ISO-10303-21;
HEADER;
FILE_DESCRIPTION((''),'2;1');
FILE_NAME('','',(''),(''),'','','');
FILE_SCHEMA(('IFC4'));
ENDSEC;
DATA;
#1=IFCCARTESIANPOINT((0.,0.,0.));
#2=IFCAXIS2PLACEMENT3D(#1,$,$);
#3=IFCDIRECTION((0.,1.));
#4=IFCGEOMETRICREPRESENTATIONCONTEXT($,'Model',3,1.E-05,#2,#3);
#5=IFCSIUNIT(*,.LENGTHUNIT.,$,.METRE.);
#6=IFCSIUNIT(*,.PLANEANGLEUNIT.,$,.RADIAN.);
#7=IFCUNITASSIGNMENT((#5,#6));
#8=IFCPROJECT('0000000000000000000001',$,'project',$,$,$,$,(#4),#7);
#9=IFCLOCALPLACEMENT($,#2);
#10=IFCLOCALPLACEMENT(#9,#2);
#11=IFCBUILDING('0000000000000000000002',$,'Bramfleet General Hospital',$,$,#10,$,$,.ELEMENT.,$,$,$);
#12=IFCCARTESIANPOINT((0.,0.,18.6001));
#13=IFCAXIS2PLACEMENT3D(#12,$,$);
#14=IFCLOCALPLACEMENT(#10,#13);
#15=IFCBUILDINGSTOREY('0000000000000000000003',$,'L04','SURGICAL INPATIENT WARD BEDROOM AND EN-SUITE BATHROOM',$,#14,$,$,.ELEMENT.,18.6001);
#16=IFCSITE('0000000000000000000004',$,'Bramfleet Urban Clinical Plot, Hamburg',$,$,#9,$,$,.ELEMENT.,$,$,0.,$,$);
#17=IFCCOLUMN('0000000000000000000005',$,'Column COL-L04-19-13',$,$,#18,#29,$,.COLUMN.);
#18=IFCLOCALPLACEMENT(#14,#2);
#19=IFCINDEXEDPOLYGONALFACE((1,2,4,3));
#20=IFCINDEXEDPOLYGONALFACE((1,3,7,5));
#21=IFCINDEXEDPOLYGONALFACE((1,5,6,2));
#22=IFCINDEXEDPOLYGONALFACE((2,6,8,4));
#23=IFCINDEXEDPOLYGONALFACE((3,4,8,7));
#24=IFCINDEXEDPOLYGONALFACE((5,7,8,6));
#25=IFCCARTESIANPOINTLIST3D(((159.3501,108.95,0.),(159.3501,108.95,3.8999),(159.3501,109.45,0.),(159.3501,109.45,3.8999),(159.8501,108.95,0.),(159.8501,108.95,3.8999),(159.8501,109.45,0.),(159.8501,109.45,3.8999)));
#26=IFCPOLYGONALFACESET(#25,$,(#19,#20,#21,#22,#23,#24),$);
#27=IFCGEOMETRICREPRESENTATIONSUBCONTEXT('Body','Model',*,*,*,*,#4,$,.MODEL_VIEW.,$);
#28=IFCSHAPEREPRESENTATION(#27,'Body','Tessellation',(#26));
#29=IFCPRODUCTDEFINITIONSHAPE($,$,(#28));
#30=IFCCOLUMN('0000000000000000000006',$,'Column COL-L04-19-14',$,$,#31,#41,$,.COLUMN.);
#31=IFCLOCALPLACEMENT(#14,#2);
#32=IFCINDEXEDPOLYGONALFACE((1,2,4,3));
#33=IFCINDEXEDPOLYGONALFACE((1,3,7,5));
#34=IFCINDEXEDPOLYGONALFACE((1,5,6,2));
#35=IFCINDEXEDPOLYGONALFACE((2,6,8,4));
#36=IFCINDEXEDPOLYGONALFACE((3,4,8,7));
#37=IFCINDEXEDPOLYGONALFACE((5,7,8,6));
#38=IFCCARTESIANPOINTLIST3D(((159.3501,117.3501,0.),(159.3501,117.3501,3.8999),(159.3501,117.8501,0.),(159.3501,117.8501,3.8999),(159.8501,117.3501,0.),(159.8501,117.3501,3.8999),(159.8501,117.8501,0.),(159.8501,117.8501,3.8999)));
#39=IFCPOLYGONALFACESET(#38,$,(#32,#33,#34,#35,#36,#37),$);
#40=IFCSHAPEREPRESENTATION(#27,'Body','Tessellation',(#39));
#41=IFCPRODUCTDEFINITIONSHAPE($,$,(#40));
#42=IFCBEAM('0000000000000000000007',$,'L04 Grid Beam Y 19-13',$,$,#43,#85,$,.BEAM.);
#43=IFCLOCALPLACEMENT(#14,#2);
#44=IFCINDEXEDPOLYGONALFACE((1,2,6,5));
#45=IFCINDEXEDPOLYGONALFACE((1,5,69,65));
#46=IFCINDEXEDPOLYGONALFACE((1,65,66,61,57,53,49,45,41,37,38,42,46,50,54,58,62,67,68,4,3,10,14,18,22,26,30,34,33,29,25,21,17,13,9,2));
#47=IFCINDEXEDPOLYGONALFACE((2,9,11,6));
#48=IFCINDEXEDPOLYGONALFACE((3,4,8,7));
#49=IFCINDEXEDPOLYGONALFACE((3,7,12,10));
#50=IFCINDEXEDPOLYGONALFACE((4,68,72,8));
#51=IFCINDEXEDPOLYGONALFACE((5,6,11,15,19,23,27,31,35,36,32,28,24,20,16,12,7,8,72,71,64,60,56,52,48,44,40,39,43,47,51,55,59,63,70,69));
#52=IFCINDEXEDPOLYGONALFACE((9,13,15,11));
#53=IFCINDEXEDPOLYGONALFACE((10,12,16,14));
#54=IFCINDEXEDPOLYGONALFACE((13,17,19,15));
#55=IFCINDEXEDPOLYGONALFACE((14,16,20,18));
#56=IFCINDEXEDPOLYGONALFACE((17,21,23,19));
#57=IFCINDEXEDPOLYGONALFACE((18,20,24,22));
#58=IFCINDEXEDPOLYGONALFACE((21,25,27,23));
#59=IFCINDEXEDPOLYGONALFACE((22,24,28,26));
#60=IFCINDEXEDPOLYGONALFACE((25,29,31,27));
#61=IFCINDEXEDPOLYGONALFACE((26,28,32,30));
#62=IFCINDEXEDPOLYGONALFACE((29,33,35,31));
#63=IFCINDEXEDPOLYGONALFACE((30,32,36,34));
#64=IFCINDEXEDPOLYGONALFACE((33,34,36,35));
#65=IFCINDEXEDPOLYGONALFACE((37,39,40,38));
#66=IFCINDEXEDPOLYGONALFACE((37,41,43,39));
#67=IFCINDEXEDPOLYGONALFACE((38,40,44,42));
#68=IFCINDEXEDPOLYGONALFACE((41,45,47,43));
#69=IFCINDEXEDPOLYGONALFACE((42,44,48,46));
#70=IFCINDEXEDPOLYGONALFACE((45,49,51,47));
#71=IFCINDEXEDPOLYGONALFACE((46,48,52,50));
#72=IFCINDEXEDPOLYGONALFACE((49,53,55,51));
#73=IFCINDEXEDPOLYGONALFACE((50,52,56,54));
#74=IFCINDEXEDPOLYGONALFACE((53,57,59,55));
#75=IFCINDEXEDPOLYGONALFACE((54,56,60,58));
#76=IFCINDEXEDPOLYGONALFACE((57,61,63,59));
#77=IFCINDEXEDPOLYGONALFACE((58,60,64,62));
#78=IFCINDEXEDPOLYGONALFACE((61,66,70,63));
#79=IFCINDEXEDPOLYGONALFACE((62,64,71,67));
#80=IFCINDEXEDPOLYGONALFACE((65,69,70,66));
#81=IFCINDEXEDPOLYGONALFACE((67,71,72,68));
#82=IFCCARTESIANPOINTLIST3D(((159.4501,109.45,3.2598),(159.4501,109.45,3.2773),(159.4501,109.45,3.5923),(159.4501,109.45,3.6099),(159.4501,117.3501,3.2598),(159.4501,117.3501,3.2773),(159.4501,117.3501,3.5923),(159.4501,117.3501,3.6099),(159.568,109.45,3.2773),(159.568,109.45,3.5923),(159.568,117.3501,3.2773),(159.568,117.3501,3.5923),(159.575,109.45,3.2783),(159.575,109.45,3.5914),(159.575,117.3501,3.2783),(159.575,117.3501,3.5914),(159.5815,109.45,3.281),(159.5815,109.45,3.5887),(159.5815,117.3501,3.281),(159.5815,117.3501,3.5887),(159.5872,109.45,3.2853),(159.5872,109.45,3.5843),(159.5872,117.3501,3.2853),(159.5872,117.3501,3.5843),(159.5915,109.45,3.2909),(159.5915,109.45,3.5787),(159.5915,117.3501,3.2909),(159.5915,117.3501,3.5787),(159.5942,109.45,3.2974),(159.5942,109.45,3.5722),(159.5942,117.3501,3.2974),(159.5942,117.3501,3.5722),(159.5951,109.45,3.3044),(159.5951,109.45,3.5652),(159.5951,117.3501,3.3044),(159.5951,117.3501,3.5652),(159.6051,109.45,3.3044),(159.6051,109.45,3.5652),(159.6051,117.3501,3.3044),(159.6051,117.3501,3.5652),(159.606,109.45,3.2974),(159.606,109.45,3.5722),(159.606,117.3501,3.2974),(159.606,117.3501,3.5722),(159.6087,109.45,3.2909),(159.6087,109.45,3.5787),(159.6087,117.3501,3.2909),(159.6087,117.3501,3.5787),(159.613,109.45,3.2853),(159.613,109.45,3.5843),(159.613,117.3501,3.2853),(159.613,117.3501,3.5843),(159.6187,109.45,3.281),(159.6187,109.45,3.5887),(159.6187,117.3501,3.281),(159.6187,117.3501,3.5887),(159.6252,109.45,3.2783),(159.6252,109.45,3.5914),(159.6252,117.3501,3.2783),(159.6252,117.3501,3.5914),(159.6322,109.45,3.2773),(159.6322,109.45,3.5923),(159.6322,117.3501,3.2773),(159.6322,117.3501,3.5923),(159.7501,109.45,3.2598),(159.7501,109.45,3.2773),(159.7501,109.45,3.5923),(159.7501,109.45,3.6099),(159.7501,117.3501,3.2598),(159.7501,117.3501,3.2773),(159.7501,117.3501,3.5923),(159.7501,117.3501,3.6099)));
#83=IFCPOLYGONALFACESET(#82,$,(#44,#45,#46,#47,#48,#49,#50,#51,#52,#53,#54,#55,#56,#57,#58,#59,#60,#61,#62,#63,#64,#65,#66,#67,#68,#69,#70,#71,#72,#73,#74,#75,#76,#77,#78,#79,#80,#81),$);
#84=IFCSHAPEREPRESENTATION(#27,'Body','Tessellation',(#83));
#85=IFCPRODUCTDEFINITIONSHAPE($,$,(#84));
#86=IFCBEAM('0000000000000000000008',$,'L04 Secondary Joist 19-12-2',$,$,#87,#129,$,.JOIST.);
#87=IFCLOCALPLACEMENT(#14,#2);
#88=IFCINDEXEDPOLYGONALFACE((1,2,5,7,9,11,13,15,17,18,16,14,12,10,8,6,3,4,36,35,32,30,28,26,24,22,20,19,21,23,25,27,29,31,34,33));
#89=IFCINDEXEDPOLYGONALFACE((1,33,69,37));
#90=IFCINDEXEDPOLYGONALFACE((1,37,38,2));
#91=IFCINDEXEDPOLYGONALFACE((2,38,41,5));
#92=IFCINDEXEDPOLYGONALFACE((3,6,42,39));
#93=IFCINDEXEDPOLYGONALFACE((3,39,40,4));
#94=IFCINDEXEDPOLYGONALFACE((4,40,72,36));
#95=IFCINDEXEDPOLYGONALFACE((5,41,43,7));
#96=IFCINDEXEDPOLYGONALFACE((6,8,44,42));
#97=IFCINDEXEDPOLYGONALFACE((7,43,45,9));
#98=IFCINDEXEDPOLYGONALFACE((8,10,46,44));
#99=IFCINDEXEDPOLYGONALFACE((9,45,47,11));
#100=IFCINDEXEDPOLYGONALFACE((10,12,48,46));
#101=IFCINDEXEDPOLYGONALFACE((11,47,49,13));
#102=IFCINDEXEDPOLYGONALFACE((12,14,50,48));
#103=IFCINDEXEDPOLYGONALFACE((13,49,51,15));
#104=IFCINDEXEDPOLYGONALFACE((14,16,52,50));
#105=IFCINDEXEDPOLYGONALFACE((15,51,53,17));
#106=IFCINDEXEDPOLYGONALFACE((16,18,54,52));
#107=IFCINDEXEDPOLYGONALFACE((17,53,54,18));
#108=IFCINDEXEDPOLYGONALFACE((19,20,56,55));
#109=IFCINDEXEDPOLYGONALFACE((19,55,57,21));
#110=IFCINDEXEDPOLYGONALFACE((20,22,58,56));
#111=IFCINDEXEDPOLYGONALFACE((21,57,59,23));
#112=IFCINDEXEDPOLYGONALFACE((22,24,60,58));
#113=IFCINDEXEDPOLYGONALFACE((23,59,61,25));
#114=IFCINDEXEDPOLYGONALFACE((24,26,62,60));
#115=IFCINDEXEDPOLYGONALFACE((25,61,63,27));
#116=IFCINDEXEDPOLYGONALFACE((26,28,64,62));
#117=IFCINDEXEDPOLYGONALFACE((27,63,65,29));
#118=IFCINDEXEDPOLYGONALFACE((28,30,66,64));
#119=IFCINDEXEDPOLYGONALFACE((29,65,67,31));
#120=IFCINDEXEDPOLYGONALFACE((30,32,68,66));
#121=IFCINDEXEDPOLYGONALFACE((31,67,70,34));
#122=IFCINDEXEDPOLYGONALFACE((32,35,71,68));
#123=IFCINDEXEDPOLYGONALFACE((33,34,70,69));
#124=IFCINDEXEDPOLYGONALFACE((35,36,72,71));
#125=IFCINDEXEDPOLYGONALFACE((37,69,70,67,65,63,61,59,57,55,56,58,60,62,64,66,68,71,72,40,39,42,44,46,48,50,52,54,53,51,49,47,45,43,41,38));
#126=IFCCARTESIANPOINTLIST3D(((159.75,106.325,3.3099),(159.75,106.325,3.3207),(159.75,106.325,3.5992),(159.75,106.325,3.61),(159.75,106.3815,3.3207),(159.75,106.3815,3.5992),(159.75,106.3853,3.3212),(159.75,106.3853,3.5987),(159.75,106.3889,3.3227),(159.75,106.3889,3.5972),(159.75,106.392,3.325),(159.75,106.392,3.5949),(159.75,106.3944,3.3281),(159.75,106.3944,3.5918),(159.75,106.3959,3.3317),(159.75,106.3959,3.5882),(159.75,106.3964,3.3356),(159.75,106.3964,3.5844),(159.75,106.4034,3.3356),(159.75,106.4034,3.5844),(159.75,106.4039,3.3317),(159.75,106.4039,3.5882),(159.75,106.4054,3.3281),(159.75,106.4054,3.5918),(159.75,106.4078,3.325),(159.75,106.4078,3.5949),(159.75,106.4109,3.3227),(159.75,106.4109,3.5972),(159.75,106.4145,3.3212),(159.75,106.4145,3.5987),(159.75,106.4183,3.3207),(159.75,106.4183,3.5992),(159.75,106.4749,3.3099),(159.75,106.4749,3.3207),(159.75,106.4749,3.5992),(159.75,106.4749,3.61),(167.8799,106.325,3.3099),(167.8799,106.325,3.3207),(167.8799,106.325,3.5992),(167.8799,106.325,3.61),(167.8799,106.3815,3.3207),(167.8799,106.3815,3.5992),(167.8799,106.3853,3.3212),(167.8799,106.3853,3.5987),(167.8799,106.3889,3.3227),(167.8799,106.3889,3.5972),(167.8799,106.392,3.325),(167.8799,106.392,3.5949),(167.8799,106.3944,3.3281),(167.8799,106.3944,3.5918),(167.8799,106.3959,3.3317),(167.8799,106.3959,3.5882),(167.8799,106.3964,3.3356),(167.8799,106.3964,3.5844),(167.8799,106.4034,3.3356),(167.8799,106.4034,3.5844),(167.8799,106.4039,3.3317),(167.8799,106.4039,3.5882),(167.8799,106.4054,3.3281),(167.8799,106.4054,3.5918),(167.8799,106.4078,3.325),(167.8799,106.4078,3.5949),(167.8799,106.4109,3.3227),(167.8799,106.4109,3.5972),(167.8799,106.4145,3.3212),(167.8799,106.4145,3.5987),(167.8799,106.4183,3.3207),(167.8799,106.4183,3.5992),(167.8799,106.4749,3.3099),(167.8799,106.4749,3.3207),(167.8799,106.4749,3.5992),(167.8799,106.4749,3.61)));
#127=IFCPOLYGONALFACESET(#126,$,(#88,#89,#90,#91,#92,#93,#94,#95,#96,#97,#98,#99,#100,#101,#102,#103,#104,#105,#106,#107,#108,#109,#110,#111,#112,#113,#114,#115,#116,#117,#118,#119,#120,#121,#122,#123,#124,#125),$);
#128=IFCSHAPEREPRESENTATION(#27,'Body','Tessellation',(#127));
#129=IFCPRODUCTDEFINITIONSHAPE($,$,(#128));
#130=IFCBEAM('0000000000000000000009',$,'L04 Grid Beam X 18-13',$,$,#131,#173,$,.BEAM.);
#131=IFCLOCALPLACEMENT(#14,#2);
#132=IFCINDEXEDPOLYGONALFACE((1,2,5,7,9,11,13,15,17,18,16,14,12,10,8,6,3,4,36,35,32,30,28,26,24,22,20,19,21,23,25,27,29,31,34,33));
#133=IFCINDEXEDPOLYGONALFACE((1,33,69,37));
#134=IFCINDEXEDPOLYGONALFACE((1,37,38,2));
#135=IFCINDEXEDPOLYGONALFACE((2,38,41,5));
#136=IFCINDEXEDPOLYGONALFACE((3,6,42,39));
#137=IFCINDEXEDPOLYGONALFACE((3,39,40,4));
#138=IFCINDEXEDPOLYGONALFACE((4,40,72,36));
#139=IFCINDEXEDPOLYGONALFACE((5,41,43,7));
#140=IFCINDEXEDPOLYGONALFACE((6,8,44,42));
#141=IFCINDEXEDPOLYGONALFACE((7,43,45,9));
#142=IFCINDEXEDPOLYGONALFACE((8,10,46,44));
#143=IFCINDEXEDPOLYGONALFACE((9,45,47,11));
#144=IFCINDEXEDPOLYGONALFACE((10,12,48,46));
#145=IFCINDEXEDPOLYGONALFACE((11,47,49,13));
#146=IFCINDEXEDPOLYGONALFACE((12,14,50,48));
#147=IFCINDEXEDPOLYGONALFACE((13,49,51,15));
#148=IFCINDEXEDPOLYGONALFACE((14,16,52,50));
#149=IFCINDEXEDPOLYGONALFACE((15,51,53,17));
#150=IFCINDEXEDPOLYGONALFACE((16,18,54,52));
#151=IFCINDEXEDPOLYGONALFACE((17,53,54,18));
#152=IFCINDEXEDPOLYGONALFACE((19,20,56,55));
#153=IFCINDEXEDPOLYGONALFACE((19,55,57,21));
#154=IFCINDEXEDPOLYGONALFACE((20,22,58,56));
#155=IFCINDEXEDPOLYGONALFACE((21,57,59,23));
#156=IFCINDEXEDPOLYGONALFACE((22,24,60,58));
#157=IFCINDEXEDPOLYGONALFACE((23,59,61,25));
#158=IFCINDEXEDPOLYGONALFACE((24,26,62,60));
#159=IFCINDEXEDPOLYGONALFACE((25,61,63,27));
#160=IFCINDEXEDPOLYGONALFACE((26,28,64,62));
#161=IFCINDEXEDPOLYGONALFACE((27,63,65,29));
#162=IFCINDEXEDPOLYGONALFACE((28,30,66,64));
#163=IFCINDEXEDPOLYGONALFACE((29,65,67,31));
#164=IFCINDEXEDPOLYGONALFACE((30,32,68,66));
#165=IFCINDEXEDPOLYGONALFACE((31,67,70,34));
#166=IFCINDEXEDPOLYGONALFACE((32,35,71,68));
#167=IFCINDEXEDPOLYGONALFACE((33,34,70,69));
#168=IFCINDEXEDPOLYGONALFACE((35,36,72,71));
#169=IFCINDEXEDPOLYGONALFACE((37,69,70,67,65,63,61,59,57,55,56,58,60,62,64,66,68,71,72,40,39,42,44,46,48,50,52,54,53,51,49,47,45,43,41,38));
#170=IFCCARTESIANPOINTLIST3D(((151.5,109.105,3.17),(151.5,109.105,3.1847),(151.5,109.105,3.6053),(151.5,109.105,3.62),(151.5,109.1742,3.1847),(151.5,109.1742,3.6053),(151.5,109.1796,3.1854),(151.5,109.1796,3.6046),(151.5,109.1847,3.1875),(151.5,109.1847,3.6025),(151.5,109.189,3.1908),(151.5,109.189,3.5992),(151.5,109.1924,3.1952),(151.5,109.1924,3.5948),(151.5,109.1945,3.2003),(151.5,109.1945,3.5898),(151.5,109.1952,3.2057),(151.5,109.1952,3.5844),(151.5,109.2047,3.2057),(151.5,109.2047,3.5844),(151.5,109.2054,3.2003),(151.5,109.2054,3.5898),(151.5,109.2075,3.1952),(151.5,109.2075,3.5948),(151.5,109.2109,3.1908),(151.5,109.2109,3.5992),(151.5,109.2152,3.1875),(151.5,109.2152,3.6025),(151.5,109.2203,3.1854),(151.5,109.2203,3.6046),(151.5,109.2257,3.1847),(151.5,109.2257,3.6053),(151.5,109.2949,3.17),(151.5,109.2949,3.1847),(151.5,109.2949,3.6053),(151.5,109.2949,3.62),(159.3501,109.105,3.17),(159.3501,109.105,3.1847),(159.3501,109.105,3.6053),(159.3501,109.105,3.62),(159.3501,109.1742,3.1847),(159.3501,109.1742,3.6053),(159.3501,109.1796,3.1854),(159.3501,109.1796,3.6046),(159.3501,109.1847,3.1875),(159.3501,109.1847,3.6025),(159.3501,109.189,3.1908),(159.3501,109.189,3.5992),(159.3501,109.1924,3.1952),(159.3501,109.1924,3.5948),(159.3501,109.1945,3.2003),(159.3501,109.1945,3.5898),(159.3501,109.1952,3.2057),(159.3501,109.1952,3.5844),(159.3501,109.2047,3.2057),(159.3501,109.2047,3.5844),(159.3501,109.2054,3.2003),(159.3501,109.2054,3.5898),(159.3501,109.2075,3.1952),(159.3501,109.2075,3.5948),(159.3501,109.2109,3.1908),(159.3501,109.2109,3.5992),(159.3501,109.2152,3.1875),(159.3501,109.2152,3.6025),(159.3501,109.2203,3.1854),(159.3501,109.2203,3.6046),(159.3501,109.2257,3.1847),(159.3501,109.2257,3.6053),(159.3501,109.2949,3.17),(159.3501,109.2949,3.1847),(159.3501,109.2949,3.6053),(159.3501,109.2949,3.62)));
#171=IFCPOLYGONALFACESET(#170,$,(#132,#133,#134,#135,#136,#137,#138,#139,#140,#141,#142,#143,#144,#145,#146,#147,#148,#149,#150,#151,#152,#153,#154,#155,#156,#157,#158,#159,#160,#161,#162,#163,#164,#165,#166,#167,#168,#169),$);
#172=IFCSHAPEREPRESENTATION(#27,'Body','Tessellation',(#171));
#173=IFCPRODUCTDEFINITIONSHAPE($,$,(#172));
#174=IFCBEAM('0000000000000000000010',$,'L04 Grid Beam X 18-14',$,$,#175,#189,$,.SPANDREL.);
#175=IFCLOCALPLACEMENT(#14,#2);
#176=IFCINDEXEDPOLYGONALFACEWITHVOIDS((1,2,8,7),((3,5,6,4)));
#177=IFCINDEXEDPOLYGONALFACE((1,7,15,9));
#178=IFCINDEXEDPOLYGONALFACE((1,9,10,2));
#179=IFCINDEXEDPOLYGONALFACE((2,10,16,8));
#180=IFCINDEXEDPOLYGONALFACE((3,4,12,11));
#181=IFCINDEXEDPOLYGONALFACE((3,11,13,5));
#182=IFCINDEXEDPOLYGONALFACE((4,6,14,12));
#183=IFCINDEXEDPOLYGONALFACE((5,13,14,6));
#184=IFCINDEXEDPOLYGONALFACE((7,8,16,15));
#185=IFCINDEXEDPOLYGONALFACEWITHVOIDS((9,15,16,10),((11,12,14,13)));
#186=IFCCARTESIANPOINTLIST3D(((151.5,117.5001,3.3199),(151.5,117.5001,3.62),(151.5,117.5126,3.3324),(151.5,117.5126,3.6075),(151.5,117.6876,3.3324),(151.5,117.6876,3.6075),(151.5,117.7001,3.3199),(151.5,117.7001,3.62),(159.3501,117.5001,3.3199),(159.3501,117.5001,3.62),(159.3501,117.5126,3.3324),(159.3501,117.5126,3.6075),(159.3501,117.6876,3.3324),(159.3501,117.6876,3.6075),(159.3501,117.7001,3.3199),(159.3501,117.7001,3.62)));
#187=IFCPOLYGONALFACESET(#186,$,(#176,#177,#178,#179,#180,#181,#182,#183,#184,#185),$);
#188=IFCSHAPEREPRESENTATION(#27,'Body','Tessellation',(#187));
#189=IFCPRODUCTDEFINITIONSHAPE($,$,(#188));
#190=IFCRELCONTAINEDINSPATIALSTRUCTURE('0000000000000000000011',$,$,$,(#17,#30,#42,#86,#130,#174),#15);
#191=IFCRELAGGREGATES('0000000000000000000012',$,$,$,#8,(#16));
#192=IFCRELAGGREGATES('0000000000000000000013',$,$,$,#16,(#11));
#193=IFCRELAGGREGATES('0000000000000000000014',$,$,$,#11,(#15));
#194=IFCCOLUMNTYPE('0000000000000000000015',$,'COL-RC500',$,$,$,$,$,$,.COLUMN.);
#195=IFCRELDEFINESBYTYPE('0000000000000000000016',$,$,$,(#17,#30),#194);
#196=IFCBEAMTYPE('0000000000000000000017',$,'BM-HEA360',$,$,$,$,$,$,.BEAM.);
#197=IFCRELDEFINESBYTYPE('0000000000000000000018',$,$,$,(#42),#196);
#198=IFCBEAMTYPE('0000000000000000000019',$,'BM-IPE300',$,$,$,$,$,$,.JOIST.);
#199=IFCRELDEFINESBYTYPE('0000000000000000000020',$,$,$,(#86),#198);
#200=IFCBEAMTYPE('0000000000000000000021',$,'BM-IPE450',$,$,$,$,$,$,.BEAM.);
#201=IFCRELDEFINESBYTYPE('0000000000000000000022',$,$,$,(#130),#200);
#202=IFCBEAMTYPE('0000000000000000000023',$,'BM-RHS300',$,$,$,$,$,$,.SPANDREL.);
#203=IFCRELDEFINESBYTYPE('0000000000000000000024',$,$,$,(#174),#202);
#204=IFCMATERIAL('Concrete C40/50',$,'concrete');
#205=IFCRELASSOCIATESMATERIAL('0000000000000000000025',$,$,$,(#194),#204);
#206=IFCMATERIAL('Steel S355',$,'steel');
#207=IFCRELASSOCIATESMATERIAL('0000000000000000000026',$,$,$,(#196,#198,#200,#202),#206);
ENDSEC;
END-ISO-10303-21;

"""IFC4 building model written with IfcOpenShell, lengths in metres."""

from ifc_helpers import new_model, si_unit, direction, frame, origin, origin_2d, place, context, subcontext, project, spatial, rectangle, hollow_rectangle, i_section, extrude, material, material_profile, profile_set, type_object, element, save


model = new_model("IFC4")

# Units and contexts
model_context = context("Model", 3, precision=1e-05, world=origin(), true_north=direction((0.0, 1.0)))
body_context = subcontext(model_context, "Body", "Model", "MODEL_VIEW")
ifc_project = project(units=[si_unit("LENGTHUNIT", "METRE"), si_unit("PLANEANGLEUNIT", "RADIAN")], contexts=[model_context])

# Site, building, storey
site_placement = place(None, origin())
site = spatial("IfcSite", under=ifc_project, at=site_placement, Name="Bramfleet Urban Clinical Plot, Hamburg", CompositionType="ELEMENT", RefElevation=0.0)
building_placement = place(site_placement, origin())
building = spatial("IfcBuilding", under=site, at=building_placement, Name="Bramfleet General Hospital", CompositionType="ELEMENT")
storey_placement = place(building_placement, frame((0.0, 0.0, 18.6001)))
storey = spatial("IfcBuildingStorey", under=building, at=storey_placement, Name="L04", Description="SURGICAL INPATIENT WARD BEDROOM AND EN-SUITE BATHROOM", CompositionType="ELEMENT", Elevation=18.6001)

# Columns
ifc_material_1 = material(Name="Concrete C40/50", Category="concrete")
ifc_material_profile_1 = material_profile(ifc_material_1, rectangle(XDim=0.5, YDim=0.5, at=origin_2d()), Name="RC COL 500x500")
ifc_profile_set_1 = profile_set([ifc_material_profile_1], Name="Concrete C40/50")
column_type = type_object("IfcColumnType", Name="COL-RC500", PredefinedType="COLUMN", material=ifc_profile_set_1)
for number, where, z_axis, x_axis, name in (
    (1, (159.6001, 109.2, 0.0), (0.0, 0.0, 1.0), (1.0, 0.0, 0.0), "Column COL-L04-19-13"),
    (2, (159.6001, 117.6001, 0.0), (0.0, 0.0, 1.0), (1.0, 0.0, 0.0), "Column COL-L04-19-14"),
):
    element("IfcColumn", number, at=place(storey_placement, frame(where, z_axis=z_axis, x_axis=x_axis)), inside=storey, type_object=column_type, Name=name, PredefinedType="COLUMN", context=body_context, shape_type="SweptSolid", body=[
        extrude(rectangle(XDim=0.5, YDim=0.5, at=origin_2d()), origin(), (0.0, 0.0, 1.0), 3.8999),
    ])

# Beams
ifc_material_2 = material(Name="Steel S355", Category="steel")
ifc_material_profile_2 = material_profile(ifc_material_2, i_section(OverallWidth=0.3, OverallDepth=0.3501, WebThickness=0.01, FlangeThickness=0.0176, FilletRadius=0.0271, at=origin_2d()), Name="HEA 360")
ifc_profile_set_2 = profile_set([ifc_material_profile_2], Name="Steel S355")
beam_type_1 = type_object("IfcBeamType", Name="BM-HEA360", PredefinedType="BEAM", material=ifc_profile_set_2)
beam_1_placement = place(storey_placement, frame((159.6001, 109.45, 3.4348), z_axis=(0.0, 1.0, 0.0), x_axis=(-1.0, 0.0, 0.0)))
element("IfcBeam", 3, at=beam_1_placement, inside=storey, type_object=beam_type_1, Name="L04 Grid Beam Y 19-13", PredefinedType="BEAM", context=body_context, shape_type="SweptSolid", body=[
    extrude(i_section(OverallWidth=0.3, OverallDepth=0.3501, WebThickness=0.01, FlangeThickness=0.0176, FilletRadius=0.0271, at=origin_2d()), origin(), (0.0, 0.0, 1.0), 7.9001),
])
ifc_material_profile_3 = material_profile(ifc_material_2, i_section(OverallWidth=0.1499, OverallDepth=0.3, WebThickness=0.0071, FlangeThickness=0.0107, FilletRadius=0.0149, at=origin_2d()), Name="IPE 300")
ifc_profile_set_3 = profile_set([ifc_material_profile_3], Name="Steel S355")
beam_type_2 = type_object("IfcBeamType", Name="BM-IPE300", PredefinedType="JOIST", material=ifc_profile_set_3)
beam_2_placement = place(storey_placement, frame((159.75, 106.3999, 3.46), z_axis=(1.0, 0.0, 0.0), x_axis=(0.0, 1.0, 0.0)))
element("IfcBeam", 4, at=beam_2_placement, inside=storey, type_object=beam_type_2, Name="L04 Secondary Joist 19-12-2", PredefinedType="JOIST", context=body_context, shape_type="SweptSolid", body=[
    extrude(i_section(OverallWidth=0.1499, OverallDepth=0.3, WebThickness=0.0071, FlangeThickness=0.0107, FilletRadius=0.0149, at=origin_2d()), origin(), (0.0, 0.0, 1.0), 8.1299),
])
ifc_material_profile_4 = material_profile(ifc_material_2, i_section(OverallWidth=0.1899, OverallDepth=0.45, WebThickness=0.0095, FlangeThickness=0.0146, FilletRadius=0.021, at=origin_2d()), Name="IPE 450")
ifc_profile_set_4 = profile_set([ifc_material_profile_4], Name="Steel S355")
beam_type_3 = type_object("IfcBeamType", Name="BM-IPE450", PredefinedType="BEAM", material=ifc_profile_set_4)
beam_3_placement = place(storey_placement, frame((151.5, 109.2, 3.395), z_axis=(1.0, 0.0, 0.0), x_axis=(0.0, 1.0, 0.0)))
element("IfcBeam", 5, at=beam_3_placement, inside=storey, type_object=beam_type_3, Name="L04 Grid Beam X 18-13", PredefinedType="BEAM", context=body_context, shape_type="SweptSolid", body=[
    extrude(i_section(OverallWidth=0.1899, OverallDepth=0.45, WebThickness=0.0095, FlangeThickness=0.0146, FilletRadius=0.021, at=origin_2d()), origin(), (0.0, 0.0, 1.0), 7.8501),
])
ifc_material_profile_5 = material_profile(ifc_material_2, hollow_rectangle(XDim=0.2, YDim=0.3, WallThickness=0.0125, at=origin_2d()), Name="RHS 300x200x12.5")
ifc_profile_set_5 = profile_set([ifc_material_profile_5], Name="Steel S355")
beam_type_4 = type_object("IfcBeamType", Name="BM-RHS300", PredefinedType="SPANDREL", material=ifc_profile_set_5)
beam_4_placement = place(storey_placement, frame((151.5, 117.6001, 3.47), z_axis=(1.0, 0.0, 0.0), x_axis=(0.0, 1.0, 0.0)))
element("IfcBeam", 6, at=beam_4_placement, inside=storey, type_object=beam_type_4, Name="L04 Grid Beam X 18-14", PredefinedType="SPANDREL", context=body_context, shape_type="SweptSolid", body=[
    extrude(hollow_rectangle(XDim=0.2, YDim=0.3, WallThickness=0.0125, at=origin_2d()), origin(), (0.0, 0.0, 1.0), 7.8501),
])

save(model, "model.ifc")
